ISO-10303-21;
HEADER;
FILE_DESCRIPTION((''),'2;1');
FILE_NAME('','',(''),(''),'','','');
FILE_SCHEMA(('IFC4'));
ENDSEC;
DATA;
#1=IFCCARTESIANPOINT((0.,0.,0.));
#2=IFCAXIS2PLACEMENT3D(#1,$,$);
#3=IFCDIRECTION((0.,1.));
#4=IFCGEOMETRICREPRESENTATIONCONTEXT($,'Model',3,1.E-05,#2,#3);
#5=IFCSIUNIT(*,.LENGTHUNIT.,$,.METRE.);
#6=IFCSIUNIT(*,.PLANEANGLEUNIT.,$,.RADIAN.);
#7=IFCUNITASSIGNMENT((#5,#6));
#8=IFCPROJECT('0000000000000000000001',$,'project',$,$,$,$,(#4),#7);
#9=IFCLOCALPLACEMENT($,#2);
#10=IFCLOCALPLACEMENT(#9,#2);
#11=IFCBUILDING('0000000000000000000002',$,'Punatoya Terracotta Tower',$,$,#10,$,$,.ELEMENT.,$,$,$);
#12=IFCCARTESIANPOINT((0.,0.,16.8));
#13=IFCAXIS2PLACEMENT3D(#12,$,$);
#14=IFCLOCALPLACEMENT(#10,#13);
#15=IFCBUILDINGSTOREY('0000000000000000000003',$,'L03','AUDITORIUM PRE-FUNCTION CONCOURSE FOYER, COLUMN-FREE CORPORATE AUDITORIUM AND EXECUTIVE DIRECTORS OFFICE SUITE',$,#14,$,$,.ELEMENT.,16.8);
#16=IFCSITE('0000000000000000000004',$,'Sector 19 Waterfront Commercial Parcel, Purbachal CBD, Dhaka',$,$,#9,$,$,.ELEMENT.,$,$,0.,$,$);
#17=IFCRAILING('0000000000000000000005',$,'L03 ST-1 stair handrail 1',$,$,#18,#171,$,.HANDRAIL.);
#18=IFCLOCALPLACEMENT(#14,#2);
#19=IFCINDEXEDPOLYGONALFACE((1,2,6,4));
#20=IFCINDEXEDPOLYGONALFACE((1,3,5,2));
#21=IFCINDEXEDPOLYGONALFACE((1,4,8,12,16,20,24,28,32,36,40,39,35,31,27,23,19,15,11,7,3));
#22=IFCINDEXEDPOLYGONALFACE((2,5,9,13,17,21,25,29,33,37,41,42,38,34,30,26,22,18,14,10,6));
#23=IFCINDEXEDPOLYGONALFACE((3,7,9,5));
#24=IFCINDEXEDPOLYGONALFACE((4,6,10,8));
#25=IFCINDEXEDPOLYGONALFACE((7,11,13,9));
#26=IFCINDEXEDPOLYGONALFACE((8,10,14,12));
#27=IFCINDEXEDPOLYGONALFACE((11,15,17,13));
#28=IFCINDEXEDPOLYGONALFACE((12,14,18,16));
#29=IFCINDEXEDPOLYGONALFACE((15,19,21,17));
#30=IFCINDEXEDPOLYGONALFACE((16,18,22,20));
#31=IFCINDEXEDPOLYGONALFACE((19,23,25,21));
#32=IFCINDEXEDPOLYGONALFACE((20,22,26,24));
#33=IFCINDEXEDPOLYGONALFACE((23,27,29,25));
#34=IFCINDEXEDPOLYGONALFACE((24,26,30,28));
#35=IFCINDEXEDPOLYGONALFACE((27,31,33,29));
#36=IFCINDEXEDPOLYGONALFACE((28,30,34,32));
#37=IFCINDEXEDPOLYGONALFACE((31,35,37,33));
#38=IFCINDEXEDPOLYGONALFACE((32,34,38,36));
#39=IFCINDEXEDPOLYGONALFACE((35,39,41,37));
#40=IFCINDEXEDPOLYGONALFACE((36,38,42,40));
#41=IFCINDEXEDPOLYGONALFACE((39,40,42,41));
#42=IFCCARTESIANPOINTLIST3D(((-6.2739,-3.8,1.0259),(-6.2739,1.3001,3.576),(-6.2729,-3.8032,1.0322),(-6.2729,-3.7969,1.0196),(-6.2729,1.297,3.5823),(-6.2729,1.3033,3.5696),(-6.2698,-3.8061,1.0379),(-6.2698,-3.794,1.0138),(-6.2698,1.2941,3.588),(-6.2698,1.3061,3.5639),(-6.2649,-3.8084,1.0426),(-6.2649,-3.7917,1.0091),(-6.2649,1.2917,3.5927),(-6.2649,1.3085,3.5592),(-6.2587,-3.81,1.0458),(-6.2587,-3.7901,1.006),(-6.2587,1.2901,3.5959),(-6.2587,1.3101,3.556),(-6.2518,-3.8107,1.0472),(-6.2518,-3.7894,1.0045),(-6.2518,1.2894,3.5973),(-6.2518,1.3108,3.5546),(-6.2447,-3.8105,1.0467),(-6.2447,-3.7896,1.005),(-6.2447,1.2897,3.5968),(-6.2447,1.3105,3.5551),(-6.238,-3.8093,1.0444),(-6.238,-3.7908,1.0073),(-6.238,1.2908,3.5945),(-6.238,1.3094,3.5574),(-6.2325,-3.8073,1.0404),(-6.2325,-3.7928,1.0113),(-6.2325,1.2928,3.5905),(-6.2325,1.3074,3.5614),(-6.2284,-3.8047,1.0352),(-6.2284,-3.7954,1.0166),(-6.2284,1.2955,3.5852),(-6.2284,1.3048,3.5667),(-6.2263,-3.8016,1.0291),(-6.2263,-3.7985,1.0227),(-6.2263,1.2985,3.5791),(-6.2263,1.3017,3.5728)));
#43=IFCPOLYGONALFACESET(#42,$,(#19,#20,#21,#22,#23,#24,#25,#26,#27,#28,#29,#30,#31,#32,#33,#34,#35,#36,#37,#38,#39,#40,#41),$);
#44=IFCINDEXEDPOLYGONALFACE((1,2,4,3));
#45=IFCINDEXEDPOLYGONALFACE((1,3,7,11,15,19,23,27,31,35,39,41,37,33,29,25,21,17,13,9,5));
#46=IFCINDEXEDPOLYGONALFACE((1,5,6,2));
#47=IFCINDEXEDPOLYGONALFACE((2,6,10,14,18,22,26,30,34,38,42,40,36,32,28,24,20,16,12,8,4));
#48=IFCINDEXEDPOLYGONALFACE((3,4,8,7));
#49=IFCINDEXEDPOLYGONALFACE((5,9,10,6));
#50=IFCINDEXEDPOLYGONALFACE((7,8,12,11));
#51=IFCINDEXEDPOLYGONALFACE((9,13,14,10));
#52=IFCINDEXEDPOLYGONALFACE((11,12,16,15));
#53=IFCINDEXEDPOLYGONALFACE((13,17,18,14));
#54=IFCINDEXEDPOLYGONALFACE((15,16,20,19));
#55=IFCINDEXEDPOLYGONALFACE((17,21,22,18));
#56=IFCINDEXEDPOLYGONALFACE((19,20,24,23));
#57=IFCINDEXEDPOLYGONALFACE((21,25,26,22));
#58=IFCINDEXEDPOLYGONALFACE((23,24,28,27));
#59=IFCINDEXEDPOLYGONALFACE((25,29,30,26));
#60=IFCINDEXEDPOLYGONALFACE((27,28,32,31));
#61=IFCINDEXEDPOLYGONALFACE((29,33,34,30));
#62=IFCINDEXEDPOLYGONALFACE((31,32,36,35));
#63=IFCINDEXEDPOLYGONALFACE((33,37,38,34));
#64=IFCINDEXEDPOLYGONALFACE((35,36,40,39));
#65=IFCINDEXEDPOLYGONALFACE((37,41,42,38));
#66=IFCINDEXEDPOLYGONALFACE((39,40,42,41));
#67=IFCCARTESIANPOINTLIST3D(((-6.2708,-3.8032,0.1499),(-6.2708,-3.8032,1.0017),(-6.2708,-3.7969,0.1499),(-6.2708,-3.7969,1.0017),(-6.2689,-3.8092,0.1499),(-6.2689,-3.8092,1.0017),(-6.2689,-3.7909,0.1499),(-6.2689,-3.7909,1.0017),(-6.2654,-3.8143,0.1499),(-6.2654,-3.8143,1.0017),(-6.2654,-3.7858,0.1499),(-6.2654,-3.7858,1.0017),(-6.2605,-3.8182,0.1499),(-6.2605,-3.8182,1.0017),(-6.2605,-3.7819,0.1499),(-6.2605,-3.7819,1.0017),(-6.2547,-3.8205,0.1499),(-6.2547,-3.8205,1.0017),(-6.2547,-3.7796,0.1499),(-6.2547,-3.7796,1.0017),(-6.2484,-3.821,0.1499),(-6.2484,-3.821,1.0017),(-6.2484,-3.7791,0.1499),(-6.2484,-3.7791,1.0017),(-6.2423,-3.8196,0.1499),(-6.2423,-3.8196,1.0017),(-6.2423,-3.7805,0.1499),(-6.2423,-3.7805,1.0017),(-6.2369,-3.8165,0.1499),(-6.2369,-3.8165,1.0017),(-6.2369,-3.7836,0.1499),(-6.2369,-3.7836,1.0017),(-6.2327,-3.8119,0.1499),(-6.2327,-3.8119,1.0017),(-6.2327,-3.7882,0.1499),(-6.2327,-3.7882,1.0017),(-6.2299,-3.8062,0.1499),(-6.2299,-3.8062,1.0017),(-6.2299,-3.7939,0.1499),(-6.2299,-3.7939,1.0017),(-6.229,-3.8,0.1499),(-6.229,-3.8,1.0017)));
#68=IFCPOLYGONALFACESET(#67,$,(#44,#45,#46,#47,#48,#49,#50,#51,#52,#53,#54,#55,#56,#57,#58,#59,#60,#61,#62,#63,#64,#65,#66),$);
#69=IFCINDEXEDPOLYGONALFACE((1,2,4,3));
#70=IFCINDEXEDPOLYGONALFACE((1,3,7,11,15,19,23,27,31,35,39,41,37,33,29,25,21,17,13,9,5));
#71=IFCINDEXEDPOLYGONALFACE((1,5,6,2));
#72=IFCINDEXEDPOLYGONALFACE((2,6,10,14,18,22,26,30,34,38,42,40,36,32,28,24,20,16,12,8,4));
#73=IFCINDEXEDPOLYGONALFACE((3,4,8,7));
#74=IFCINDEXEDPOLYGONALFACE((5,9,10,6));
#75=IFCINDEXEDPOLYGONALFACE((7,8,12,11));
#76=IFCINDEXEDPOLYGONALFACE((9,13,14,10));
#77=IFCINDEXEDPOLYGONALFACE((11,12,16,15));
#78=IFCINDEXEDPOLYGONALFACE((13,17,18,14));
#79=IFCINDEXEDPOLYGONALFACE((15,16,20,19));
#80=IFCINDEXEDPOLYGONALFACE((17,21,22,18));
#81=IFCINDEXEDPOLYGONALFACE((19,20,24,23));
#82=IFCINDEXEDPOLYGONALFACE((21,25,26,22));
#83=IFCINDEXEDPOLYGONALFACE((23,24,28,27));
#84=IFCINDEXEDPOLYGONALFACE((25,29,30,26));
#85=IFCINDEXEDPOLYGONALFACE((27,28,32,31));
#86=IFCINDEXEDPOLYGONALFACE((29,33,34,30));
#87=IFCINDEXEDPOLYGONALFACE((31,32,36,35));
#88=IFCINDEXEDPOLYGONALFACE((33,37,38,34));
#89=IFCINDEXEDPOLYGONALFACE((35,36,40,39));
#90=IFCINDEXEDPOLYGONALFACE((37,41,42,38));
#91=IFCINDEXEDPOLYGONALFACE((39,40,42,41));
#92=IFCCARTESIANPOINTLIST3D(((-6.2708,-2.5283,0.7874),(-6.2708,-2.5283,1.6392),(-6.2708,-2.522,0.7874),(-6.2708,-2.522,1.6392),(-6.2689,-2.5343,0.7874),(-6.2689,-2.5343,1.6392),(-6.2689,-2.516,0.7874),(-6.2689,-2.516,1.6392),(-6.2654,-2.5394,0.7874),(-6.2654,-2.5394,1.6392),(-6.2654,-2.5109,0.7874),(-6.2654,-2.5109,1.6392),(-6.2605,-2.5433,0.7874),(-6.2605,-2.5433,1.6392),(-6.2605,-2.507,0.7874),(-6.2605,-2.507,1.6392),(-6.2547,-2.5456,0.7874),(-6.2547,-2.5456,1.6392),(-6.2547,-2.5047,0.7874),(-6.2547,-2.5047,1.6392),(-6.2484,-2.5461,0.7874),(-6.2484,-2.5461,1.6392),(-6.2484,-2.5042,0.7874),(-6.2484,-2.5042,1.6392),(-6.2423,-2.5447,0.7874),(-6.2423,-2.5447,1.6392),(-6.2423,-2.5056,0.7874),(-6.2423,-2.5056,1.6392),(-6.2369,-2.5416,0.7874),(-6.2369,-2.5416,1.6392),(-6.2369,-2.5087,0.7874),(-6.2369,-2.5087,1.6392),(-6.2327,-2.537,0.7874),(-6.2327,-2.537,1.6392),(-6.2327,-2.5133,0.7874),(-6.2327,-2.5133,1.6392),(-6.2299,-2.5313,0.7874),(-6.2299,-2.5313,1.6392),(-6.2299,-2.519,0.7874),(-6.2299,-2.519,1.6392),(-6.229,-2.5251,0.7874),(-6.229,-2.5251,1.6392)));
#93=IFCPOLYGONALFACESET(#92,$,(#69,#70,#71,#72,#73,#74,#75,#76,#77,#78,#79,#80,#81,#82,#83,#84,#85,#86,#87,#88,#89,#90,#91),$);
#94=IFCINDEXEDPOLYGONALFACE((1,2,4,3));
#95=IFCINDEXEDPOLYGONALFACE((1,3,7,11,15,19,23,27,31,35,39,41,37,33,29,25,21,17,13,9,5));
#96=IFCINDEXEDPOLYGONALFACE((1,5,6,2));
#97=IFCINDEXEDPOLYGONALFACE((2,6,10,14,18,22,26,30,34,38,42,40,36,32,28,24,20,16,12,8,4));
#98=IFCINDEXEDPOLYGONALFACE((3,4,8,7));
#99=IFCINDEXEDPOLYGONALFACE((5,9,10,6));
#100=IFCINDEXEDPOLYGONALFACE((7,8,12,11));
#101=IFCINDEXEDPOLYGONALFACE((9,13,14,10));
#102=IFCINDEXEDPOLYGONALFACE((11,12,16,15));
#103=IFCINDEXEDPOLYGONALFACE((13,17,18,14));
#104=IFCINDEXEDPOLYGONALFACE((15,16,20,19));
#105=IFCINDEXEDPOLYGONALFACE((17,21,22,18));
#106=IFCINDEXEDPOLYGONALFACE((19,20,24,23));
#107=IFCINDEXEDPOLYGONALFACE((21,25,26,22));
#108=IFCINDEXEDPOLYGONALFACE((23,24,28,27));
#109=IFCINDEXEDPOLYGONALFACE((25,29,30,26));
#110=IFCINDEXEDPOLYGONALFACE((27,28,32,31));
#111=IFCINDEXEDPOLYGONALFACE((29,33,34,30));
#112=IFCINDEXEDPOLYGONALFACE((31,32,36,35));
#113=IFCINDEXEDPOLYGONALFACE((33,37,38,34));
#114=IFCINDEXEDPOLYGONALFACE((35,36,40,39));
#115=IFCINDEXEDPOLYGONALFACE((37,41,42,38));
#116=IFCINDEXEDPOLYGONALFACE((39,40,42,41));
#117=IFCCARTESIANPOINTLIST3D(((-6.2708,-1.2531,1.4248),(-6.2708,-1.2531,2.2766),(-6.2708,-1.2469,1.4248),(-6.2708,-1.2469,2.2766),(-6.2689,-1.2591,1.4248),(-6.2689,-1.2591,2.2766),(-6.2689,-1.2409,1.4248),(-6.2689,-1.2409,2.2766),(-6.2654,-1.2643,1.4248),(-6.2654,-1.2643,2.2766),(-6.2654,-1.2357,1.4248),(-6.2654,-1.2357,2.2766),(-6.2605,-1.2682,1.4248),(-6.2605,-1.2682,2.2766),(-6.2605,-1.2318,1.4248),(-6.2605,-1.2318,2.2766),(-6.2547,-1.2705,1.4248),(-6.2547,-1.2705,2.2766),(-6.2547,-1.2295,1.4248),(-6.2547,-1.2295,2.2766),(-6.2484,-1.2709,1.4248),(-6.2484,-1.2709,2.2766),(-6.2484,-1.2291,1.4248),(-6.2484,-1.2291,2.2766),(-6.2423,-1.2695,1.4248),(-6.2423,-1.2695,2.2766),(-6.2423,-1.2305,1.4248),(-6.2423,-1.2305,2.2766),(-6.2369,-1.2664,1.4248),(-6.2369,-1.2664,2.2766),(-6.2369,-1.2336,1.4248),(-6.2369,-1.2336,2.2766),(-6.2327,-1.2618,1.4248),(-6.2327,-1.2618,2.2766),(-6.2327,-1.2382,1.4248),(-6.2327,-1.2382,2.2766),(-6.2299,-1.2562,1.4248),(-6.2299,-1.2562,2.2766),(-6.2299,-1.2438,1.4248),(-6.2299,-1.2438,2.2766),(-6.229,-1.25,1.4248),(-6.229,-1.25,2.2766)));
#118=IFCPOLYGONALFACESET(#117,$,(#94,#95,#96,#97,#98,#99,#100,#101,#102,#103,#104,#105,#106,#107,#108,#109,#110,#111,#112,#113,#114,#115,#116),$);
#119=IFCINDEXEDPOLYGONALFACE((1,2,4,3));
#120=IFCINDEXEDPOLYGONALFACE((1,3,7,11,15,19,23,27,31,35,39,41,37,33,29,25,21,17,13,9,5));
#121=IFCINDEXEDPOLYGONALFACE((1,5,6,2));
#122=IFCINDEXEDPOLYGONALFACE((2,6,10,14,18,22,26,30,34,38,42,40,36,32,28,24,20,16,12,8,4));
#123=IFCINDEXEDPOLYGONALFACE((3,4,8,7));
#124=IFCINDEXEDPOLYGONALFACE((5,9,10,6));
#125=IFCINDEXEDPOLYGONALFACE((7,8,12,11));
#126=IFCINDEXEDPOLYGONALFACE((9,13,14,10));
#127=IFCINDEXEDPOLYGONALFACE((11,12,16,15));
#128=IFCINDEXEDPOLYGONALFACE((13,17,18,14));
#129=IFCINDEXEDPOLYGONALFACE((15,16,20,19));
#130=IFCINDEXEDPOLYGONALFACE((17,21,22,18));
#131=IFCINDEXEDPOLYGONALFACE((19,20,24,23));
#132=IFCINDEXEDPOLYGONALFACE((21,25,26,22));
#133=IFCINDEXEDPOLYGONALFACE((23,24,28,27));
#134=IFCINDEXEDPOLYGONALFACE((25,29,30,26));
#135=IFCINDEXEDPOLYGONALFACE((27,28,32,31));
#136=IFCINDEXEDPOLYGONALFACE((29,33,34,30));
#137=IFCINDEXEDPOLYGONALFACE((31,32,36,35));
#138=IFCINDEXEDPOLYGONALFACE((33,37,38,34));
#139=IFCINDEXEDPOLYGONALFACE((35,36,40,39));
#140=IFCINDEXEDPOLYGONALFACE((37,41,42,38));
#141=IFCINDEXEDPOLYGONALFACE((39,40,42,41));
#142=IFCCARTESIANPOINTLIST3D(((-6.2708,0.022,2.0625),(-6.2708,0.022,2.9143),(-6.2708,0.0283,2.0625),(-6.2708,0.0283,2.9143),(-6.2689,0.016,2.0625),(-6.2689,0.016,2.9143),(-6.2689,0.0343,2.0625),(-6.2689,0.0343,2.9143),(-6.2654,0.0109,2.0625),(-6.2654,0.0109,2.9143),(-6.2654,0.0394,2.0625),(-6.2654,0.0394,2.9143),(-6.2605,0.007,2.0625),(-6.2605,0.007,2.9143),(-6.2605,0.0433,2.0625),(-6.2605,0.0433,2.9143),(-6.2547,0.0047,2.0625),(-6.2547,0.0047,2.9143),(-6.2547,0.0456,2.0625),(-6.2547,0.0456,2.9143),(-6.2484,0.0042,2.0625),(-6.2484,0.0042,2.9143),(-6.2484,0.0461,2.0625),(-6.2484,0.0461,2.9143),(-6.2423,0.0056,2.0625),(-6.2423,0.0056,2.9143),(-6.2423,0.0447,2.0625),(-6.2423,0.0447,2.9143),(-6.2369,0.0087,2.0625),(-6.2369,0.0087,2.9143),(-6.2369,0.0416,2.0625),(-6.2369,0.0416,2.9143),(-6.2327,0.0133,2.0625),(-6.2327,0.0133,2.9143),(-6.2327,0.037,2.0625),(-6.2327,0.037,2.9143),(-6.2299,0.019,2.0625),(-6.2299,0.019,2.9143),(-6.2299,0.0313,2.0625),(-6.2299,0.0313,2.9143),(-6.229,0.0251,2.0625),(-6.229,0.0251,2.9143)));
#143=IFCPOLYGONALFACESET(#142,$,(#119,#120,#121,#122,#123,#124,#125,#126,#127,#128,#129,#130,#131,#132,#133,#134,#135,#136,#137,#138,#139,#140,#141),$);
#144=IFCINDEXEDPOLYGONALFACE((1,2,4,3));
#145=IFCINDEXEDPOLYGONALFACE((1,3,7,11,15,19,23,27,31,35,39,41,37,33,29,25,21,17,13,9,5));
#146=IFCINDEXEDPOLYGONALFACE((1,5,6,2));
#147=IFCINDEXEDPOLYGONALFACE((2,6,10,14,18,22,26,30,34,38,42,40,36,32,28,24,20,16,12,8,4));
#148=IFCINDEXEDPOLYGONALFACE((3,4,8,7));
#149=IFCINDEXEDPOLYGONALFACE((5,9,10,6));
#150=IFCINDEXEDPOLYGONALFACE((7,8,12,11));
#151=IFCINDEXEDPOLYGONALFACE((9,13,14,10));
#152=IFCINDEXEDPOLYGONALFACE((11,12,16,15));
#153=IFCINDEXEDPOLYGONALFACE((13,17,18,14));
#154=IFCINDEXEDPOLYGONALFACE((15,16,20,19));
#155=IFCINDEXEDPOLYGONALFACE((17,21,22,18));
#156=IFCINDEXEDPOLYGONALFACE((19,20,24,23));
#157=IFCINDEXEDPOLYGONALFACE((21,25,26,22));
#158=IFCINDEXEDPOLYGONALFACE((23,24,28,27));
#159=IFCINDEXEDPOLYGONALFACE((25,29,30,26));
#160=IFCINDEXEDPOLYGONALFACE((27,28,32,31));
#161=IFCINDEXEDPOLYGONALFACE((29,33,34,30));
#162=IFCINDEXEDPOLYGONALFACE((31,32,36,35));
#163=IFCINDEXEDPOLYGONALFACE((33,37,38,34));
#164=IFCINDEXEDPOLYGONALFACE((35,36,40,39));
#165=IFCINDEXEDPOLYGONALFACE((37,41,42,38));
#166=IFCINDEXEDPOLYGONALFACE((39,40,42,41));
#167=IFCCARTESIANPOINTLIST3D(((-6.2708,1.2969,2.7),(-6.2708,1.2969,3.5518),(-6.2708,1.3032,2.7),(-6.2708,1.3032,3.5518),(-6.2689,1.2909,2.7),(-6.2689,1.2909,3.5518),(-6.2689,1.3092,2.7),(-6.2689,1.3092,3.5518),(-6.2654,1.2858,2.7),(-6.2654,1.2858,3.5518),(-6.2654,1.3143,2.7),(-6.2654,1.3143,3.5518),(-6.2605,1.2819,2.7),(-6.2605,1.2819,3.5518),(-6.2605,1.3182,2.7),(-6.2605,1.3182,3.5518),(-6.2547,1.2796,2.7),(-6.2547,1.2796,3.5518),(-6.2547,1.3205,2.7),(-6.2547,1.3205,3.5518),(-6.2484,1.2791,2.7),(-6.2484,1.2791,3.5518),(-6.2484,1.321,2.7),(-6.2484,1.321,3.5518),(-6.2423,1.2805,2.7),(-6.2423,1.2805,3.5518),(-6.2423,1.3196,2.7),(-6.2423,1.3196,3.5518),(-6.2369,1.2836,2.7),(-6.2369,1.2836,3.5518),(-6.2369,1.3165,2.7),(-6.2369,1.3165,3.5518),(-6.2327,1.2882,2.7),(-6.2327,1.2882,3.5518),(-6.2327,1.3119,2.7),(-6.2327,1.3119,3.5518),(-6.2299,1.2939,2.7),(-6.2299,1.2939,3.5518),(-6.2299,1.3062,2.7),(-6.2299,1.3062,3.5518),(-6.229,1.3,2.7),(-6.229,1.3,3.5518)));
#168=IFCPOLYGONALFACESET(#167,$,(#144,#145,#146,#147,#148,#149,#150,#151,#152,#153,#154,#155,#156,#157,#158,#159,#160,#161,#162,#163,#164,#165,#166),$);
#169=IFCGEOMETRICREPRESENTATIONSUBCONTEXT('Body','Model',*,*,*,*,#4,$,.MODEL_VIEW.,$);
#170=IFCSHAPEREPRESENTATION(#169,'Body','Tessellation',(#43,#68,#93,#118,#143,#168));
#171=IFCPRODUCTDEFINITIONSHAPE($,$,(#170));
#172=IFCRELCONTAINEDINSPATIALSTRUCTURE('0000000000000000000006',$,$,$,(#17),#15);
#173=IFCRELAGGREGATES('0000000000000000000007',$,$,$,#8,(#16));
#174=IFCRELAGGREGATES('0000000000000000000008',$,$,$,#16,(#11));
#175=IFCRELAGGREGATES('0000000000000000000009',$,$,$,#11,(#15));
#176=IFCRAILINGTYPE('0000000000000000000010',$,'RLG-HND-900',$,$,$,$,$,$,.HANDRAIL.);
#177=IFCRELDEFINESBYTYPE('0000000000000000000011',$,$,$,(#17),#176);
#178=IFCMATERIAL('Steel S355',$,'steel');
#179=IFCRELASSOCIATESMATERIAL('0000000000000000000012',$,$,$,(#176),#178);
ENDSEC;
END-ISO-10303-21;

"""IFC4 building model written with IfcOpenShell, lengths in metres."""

from ifc_helpers import new_model, si_unit, direction, frame, origin, origin_2d, place, context, subcontext, project, spatial, circle, extrude, material, type_object, element, save


model = new_model("IFC4")

# Units and contexts
model_context = context("Model", 3, precision=1e-05, world=origin(), true_north=direction((0.0, 1.0)))
body_context = subcontext(model_context, "Body", "Model", "MODEL_VIEW")
ifc_project = project(units=[si_unit("LENGTHUNIT", "METRE"), si_unit("PLANEANGLEUNIT", "RADIAN")], contexts=[model_context])

# Site, building, storey
site_placement = place(None, origin())
site = spatial("IfcSite", under=ifc_project, at=site_placement, Name="Sector 19 Waterfront Commercial Parcel, Purbachal CBD, Dhaka", CompositionType="ELEMENT", RefElevation=0.0)
building_placement = place(site_placement, origin())
building = spatial("IfcBuilding", under=site, at=building_placement, Name="Punatoya Terracotta Tower", CompositionType="ELEMENT")
storey_placement = place(building_placement, frame((0.0, 0.0, 16.8)))
storey = spatial("IfcBuildingStorey", under=building, at=storey_placement, Name="L03", Description="AUDITORIUM PRE-FUNCTION CONCOURSE FOYER, COLUMN-FREE CORPORATE AUDITORIUM AND EXECUTIVE DIRECTORS OFFICE SUITE", CompositionType="ELEMENT", Elevation=16.8)

# Railing
ifc_material_1 = material(Name="Steel S355", Category="steel")
railing_type_1 = type_object("IfcRailingType", Name="RLG-HND-900", PredefinedType="HANDRAIL", material=ifc_material_1)
railing_1_placement = place(storey_placement, frame((-6.25, -3.8, 0.1499)))
element("IfcRailing", 1, at=railing_1_placement, inside=storey, type_object=railing_type_1, Name="L03 ST-1 stair handrail 1", PredefinedType="HANDRAIL", context=body_context, shape_type="SweptSolid", body=[
    extrude(circle(Radius=0.0239, at=origin_2d()), frame((0.0, 0.0, 0.876), z_axis=(0.0, 0.894427, 0.447214), x_axis=(-1.0, 0.0, 0.0)), (0.0, 0.0, 1.0), 5.7021),
    extrude(circle(Radius=0.021, at=origin_2d()), origin(), (0.0, 0.0, 1.0), 0.8518),
    extrude(circle(Radius=0.021, at=origin_2d()), frame((0.0, 1.2749, 0.6375)), (0.0, 0.0, 1.0), 0.8518),
    extrude(circle(Radius=0.021, at=origin_2d()), frame((0.0, 2.55, 1.2749)), (0.0, 0.0, 1.0), 0.8518),
    extrude(circle(Radius=0.021, at=origin_2d()), frame((0.0, 3.8252, 1.9126)), (0.0, 0.0, 1.0), 0.8518),
    extrude(circle(Radius=0.021, at=origin_2d()), frame((0.0, 5.1001, 2.55)), (0.0, 0.0, 1.0), 0.8518),
])

save(model, "model.ifc")
